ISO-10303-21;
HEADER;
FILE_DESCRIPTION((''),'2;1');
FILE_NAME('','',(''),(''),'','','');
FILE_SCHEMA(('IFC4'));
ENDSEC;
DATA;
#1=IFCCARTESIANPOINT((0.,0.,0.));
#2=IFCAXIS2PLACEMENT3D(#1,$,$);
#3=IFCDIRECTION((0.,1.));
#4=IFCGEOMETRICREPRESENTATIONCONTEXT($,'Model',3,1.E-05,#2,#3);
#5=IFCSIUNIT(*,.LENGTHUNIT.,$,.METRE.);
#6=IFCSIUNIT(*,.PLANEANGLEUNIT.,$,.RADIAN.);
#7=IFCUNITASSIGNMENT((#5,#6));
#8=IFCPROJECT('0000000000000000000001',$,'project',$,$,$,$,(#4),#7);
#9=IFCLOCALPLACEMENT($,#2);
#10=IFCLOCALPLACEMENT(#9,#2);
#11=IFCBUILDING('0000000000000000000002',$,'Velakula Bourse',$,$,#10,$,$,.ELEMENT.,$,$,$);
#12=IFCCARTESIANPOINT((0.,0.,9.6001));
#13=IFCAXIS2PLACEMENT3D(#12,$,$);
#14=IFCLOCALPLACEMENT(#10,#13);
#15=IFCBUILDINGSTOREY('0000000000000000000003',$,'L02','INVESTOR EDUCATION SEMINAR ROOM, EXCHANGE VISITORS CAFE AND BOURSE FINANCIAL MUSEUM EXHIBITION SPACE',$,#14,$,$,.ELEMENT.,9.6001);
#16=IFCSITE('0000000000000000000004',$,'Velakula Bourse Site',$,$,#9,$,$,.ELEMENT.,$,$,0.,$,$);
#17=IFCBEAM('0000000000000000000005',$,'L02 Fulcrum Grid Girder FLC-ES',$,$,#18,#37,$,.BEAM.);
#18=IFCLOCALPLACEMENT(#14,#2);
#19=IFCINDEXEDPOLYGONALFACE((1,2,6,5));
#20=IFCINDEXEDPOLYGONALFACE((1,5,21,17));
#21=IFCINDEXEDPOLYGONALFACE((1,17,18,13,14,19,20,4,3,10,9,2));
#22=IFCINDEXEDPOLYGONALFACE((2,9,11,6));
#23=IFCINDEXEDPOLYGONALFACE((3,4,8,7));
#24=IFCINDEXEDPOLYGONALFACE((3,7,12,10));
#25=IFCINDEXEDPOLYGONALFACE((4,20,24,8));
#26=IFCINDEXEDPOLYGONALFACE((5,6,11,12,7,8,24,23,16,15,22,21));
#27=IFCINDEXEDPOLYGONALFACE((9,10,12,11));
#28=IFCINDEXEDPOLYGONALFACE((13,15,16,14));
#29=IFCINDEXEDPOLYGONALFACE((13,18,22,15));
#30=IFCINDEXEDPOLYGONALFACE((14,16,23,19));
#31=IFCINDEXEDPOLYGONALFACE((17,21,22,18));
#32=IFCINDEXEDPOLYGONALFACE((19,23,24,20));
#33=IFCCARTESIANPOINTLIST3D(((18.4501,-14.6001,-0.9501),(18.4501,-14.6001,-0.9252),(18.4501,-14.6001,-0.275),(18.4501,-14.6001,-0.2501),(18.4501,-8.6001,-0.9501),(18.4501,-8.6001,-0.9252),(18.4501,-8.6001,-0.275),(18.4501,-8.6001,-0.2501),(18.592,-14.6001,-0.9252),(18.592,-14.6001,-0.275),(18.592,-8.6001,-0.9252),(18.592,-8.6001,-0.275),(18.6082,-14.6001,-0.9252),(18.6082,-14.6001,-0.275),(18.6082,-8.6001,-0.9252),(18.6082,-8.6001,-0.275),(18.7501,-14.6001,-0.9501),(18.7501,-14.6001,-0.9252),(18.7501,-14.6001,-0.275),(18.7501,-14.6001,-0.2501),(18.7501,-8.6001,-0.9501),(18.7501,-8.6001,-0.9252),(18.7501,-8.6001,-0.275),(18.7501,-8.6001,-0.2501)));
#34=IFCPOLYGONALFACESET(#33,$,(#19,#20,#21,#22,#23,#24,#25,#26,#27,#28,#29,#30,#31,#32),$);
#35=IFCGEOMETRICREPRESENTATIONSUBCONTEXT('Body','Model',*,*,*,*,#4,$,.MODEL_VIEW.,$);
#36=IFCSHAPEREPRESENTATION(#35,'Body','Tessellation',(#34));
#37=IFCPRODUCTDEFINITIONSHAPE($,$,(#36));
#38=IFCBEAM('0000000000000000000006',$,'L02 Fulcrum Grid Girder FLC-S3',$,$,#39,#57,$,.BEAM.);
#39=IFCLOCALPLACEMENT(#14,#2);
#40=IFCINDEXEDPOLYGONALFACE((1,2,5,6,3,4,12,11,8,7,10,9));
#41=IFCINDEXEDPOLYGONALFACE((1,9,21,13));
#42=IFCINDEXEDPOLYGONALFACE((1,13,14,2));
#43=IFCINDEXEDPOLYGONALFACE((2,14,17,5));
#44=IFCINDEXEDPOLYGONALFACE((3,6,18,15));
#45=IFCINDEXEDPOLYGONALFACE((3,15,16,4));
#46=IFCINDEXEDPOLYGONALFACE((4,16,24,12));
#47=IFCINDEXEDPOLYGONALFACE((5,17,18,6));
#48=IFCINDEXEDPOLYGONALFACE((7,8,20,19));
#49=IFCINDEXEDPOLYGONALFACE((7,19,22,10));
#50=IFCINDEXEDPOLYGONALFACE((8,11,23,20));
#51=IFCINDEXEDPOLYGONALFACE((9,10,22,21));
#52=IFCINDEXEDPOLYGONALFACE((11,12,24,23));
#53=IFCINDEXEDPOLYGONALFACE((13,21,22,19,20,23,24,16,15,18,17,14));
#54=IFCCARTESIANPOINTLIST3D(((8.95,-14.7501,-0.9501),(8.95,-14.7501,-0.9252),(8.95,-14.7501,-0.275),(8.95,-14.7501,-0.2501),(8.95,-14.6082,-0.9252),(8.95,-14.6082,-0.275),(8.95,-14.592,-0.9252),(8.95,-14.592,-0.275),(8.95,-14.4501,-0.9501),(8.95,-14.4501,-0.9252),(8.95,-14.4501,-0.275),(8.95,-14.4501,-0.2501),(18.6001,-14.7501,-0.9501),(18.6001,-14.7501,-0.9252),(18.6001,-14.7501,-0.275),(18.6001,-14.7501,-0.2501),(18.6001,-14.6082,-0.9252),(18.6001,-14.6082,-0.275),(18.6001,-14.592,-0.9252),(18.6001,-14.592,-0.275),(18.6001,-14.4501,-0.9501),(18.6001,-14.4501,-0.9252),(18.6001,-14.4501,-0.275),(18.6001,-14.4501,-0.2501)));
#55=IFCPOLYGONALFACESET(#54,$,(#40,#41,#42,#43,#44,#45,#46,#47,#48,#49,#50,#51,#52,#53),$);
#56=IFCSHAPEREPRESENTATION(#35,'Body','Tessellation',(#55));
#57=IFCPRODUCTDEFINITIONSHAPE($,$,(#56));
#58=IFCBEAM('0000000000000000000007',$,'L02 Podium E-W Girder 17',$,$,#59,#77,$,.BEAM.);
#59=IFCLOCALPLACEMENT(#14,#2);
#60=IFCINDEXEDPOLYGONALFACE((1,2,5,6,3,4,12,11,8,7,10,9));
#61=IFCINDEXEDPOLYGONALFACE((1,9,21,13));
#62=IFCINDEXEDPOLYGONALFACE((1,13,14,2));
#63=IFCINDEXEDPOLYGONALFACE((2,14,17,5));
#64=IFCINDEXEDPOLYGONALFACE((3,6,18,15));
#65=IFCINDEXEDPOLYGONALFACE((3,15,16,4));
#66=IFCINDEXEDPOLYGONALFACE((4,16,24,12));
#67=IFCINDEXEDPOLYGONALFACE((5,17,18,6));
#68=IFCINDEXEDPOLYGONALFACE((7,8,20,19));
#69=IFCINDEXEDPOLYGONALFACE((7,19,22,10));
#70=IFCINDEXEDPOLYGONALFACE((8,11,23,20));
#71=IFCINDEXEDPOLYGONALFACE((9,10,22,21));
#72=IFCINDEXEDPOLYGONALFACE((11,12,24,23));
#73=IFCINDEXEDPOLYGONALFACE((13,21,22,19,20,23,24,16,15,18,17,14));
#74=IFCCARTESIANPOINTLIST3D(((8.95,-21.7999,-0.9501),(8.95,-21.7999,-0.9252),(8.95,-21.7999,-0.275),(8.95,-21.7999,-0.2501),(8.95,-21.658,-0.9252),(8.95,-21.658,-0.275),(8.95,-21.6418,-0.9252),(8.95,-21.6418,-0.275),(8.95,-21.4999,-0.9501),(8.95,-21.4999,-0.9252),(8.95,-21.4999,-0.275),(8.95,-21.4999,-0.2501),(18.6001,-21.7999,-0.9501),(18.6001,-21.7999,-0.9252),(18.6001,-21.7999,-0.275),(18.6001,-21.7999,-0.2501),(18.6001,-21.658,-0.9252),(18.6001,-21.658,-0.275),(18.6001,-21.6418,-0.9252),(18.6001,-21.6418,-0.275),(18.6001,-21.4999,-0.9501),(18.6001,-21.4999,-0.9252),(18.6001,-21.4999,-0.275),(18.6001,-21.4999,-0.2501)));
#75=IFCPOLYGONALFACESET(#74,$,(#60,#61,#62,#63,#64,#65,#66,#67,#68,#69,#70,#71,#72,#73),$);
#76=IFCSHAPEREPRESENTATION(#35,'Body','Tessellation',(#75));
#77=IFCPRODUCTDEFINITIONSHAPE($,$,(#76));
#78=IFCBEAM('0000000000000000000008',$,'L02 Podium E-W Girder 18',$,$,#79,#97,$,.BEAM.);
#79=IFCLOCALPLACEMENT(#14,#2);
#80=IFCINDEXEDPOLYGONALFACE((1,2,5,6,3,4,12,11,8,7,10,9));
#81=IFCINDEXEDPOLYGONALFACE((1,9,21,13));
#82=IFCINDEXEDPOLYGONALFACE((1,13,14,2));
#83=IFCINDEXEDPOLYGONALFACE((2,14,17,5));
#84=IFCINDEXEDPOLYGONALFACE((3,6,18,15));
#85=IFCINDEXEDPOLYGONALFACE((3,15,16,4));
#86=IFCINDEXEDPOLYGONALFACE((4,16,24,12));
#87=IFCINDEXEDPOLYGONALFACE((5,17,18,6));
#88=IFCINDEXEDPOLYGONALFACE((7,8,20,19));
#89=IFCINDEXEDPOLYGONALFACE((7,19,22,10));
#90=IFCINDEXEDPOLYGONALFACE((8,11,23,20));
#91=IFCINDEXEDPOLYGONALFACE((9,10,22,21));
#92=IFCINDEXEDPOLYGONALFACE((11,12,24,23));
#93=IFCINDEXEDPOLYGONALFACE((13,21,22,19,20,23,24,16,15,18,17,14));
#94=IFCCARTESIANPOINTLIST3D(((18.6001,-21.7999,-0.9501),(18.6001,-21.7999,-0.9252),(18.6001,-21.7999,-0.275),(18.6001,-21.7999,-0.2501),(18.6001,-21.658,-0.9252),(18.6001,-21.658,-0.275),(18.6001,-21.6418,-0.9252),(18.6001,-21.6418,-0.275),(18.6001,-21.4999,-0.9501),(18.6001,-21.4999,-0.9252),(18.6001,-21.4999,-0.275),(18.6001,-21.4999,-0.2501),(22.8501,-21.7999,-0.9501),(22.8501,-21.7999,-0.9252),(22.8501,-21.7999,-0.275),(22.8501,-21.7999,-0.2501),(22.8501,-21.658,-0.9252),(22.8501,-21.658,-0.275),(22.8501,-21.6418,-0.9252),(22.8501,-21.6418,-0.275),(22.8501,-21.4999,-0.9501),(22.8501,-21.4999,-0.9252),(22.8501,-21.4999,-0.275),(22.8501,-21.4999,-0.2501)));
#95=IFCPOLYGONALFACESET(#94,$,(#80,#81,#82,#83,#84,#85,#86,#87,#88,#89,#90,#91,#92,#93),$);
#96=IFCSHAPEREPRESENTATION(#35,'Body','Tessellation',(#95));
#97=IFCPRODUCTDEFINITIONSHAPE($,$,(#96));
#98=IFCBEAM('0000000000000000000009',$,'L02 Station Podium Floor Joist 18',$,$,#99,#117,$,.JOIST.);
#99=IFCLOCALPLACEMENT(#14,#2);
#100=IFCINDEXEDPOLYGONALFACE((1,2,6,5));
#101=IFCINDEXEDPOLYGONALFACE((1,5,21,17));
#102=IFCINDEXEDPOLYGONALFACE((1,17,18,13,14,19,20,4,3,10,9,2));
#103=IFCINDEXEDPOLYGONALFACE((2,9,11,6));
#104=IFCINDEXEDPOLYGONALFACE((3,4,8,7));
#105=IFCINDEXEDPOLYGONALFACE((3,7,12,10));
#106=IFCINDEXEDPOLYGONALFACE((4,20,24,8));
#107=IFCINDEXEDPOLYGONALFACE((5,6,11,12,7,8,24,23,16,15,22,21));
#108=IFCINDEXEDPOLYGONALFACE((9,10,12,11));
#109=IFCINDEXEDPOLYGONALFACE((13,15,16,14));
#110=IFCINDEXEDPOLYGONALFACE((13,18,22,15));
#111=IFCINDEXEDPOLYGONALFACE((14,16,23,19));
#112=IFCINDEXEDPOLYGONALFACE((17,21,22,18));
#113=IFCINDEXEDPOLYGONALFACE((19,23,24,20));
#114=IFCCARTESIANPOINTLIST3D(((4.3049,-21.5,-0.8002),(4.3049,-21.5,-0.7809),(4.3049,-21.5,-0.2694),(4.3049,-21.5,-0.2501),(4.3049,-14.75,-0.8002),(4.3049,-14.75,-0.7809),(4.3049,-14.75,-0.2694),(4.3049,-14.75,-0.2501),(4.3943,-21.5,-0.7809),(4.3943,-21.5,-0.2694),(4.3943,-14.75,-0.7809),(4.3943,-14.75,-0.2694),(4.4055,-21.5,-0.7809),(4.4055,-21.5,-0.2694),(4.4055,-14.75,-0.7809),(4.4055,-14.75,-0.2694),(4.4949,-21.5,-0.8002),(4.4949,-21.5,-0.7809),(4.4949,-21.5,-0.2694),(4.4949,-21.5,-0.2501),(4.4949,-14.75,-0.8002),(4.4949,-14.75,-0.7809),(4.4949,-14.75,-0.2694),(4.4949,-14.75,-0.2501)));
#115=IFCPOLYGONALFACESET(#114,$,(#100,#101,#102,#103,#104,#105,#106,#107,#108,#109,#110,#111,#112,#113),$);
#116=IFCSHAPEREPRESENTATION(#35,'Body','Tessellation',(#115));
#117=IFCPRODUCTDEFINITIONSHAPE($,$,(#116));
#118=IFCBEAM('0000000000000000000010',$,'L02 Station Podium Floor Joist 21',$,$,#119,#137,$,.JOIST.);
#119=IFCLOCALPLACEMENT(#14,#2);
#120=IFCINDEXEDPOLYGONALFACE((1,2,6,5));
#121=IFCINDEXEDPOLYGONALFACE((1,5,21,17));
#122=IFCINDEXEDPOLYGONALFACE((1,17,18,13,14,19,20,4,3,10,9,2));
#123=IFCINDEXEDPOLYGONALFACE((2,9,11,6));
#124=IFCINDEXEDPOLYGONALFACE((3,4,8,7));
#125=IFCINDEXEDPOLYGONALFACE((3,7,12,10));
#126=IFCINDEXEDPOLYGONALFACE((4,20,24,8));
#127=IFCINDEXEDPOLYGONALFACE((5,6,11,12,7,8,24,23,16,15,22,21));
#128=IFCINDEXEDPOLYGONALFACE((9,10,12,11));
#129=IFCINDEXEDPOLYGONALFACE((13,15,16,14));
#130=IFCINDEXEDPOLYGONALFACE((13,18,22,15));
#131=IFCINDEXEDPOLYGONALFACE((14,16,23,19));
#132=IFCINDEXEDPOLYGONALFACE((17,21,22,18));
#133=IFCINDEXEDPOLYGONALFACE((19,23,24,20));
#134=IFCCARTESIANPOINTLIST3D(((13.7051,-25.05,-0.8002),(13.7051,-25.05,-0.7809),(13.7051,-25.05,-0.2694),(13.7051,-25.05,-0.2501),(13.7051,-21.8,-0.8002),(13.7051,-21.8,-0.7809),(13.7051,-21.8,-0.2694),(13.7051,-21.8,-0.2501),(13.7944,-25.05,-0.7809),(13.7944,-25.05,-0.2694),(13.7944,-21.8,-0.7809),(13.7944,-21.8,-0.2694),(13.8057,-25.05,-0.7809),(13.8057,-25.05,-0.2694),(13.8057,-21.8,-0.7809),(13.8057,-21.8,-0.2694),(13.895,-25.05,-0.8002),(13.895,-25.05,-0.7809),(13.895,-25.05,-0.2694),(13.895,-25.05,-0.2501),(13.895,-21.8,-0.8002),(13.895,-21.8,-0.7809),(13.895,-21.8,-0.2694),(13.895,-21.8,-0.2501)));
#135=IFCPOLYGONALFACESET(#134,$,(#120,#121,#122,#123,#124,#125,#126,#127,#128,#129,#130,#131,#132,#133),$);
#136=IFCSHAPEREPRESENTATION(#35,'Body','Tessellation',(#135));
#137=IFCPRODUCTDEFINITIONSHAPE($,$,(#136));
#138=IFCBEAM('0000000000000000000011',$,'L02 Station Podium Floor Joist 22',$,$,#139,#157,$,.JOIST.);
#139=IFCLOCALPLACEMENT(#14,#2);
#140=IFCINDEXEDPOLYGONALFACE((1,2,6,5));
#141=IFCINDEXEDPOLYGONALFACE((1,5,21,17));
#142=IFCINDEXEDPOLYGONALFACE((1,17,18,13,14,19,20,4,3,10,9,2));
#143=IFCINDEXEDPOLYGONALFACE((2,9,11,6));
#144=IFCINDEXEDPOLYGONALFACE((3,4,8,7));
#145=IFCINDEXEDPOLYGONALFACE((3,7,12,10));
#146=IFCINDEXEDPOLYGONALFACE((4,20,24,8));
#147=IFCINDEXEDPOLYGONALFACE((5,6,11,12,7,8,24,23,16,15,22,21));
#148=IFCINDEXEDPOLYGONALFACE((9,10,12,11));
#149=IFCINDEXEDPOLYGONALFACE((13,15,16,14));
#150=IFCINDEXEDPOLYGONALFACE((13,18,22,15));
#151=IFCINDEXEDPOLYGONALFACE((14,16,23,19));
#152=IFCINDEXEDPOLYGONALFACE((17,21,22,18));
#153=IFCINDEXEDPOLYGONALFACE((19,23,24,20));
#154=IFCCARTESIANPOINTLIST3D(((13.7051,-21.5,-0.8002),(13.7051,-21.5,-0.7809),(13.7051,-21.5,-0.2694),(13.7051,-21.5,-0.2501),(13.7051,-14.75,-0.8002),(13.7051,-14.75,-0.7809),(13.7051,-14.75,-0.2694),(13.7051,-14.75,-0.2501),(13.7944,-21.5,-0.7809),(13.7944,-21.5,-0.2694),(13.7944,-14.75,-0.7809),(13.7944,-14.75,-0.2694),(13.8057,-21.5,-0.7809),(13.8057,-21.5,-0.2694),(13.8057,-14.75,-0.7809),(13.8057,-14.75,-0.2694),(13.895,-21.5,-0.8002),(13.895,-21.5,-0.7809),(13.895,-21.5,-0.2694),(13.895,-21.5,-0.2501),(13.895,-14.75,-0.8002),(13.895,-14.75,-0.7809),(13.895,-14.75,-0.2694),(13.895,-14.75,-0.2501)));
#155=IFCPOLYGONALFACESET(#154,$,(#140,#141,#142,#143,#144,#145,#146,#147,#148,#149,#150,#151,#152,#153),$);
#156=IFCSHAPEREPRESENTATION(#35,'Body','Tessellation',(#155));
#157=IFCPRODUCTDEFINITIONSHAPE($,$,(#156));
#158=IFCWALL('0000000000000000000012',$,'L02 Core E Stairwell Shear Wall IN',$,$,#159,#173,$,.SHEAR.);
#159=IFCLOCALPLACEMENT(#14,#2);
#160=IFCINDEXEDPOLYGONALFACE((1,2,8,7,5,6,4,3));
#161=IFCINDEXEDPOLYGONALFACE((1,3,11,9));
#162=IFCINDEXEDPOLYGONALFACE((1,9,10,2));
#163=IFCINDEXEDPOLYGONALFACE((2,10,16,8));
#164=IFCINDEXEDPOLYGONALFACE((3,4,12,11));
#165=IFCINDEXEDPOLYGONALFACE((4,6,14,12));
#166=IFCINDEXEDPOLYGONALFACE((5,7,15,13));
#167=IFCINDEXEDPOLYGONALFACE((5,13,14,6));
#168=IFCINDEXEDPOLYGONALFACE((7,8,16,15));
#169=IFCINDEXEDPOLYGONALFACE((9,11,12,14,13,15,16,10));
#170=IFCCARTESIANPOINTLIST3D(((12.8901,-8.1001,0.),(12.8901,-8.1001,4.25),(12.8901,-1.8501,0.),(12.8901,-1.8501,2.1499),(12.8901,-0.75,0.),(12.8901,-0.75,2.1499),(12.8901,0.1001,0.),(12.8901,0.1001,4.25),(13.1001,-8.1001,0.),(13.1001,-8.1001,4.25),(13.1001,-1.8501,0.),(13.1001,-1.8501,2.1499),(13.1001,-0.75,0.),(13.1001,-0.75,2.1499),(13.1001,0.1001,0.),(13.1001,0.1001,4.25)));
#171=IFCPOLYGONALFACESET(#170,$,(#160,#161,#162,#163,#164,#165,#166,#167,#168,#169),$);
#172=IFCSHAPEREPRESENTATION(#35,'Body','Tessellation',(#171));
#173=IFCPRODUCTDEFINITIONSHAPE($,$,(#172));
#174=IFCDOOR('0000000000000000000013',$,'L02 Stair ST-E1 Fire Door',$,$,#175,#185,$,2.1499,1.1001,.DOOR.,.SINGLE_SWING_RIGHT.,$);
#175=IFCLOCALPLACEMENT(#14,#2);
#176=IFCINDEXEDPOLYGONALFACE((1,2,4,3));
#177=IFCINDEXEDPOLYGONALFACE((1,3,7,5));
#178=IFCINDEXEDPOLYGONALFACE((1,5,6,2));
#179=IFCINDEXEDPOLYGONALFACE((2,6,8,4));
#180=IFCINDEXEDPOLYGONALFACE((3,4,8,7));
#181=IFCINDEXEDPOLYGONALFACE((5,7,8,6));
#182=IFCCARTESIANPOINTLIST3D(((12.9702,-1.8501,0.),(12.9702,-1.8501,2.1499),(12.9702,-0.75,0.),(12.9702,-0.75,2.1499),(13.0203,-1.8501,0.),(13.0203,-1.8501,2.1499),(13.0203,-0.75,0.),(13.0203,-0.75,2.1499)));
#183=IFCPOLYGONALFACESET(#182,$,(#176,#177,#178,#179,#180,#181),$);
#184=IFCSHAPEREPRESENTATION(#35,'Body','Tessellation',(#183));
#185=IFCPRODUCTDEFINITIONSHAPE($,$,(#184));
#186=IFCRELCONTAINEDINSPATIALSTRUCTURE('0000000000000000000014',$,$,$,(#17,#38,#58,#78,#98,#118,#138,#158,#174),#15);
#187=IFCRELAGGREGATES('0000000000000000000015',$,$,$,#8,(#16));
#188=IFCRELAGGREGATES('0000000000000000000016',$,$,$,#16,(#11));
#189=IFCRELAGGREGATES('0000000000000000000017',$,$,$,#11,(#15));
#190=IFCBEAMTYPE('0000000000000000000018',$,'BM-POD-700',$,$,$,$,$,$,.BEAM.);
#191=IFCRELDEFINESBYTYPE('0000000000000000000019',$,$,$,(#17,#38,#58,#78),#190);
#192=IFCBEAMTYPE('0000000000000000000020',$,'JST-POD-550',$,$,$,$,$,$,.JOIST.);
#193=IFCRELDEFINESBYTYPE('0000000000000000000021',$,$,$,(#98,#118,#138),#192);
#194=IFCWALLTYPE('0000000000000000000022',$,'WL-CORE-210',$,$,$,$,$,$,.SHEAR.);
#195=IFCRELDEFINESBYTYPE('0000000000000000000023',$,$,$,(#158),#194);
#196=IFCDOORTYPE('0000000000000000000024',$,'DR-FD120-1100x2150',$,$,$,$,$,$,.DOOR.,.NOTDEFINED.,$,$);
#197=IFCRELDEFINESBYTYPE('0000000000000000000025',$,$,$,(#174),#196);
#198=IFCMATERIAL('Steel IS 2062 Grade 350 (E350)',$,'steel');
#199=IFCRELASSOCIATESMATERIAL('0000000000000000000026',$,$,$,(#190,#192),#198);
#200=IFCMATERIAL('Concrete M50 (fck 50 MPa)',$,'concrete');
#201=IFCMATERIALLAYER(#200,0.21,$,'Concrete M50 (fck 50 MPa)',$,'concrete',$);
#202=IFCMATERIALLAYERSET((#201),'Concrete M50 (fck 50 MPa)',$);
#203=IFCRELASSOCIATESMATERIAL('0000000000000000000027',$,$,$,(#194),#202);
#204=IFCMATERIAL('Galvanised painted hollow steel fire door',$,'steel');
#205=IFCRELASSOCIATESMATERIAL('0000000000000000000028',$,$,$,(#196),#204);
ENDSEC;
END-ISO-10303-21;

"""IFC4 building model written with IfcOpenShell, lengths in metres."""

from ifc_helpers import new_model, si_unit, direction, frame, frame_2d, origin, origin_2d, place, context, subcontext, project, spatial, rectangle, i_section, extrude, material, layer, layer_set, material_profile, profile_set, type_object, element, fill, save


model = new_model("IFC4")

# Units and contexts
model_context = context("Model", 3, precision=1e-05, world=origin(), true_north=direction((0.0, 1.0)))
body_context = subcontext(model_context, "Body", "Model", "MODEL_VIEW")
ifc_project = project(units=[si_unit("LENGTHUNIT", "METRE"), si_unit("PLANEANGLEUNIT", "RADIAN")], contexts=[model_context])

# Site, building, storey
site_placement = place(None, origin())
site = spatial("IfcSite", under=ifc_project, at=site_placement, Name="Velakula Bourse Site", CompositionType="ELEMENT", RefElevation=0.0)
building_placement = place(site_placement, origin())
building = spatial("IfcBuilding", under=site, at=building_placement, Name="Velakula Bourse", CompositionType="ELEMENT")
storey_placement = place(building_placement, frame((0.0, 0.0, 9.6001)))
storey = spatial("IfcBuildingStorey", under=building, at=storey_placement, Name="L02", Description="INVESTOR EDUCATION SEMINAR ROOM, EXCHANGE VISITORS CAFE AND BOURSE FINANCIAL MUSEUM EXHIBITION SPACE", CompositionType="ELEMENT", Elevation=9.6001)

# Beams
ifc_material_1 = material(Name="Steel IS 2062 Grade 350 (E350)", Category="steel")
ifc_material_profile_1 = material_profile(ifc_material_1, i_section(OverallWidth=0.3, OverallDepth=0.7, WebThickness=0.0161, FlangeThickness=0.0249, at=origin_2d()), Name="Steel IS 2062 Grade 350 (E350)")
ifc_profile_set_1 = profile_set([ifc_material_profile_1], Name="Steel IS 2062 Grade 350 (E350)")
beam_type_1 = type_object("IfcBeamType", Name="BM-POD-700", PredefinedType="BEAM", material=ifc_profile_set_1)
for number, where, z_axis, x_axis, name in (
    (1, (18.6001, -14.6001, -0.6001), (0.0, 1.0, 0.0), (-1.0, 0.0, 0.0), "L02 Fulcrum Grid Girder FLC-ES"),
):
    element("IfcBeam", number, at=place(storey_placement, frame(where, z_axis=z_axis, x_axis=x_axis)), inside=storey, type_object=beam_type_1, Name=name, PredefinedType="BEAM", context=body_context, shape_type="SweptSolid", body=[
        extrude(i_section(OverallWidth=0.3, OverallDepth=0.7, WebThickness=0.0161, FlangeThickness=0.0249, at=origin_2d()), origin(), (0.0, 0.0, 1.0), 6.0),
    ])
for number, where, z_axis, x_axis, name in (
    (2, (8.95, -14.6001, -0.6001), (1.0, 0.0, 0.0), (0.0, 1.0, 0.0), "L02 Fulcrum Grid Girder FLC-S3"),
    (3, (8.95, -21.6499, -0.6001), (1.0, 0.0, 0.0), (0.0, 1.0, 0.0), "L02 Podium E-W Girder 17"),
):
    element("IfcBeam", number, at=place(storey_placement, frame(where, z_axis=z_axis, x_axis=x_axis)), inside=storey, type_object=beam_type_1, Name=name, PredefinedType="BEAM", context=body_context, shape_type="SweptSolid", body=[
        extrude(i_section(OverallWidth=0.3, OverallDepth=0.7, WebThickness=0.0161, FlangeThickness=0.0249, at=origin_2d()), origin(), (0.0, 0.0, 1.0), 9.6501),
    ])
beam_1_placement = place(storey_placement, frame((18.6001, -21.6499, -0.6001), z_axis=(1.0, 0.0, 0.0), x_axis=(0.0, 1.0, 0.0)))
element("IfcBeam", 4, at=beam_1_placement, inside=storey, type_object=beam_type_1, Name="L02 Podium E-W Girder 18", PredefinedType="BEAM", context=body_context, shape_type="SweptSolid", body=[
    extrude(i_section(OverallWidth=0.3, OverallDepth=0.7, WebThickness=0.0161, FlangeThickness=0.0249, at=origin_2d()), origin(), (0.0, 0.0, 1.0), 4.25),
])
ifc_material_profile_2 = material_profile(ifc_material_1, i_section(OverallWidth=0.1899, OverallDepth=0.55, WebThickness=0.0112, FlangeThickness=0.0193, at=origin_2d()), Name="Steel IS 2062 Grade 350 (E350)")
ifc_profile_set_2 = profile_set([ifc_material_profile_2], Name="Steel IS 2062 Grade 350 (E350)")
beam_type_2 = type_object("IfcBeamType", Name="JST-POD-550", PredefinedType="JOIST", material=ifc_profile_set_2)
beam_2_placement = place(storey_placement, frame((4.3999, -21.5, -0.5251), z_axis=(0.0, 1.0, 0.0), x_axis=(-1.0, 0.0, 0.0)))
element("IfcBeam", 5, at=beam_2_placement, inside=storey, type_object=beam_type_2, Name="L02 Station Podium Floor Joist 18", PredefinedType="JOIST", context=body_context, shape_type="SweptSolid", body=[
    extrude(i_section(OverallWidth=0.1899, OverallDepth=0.55, WebThickness=0.0112, FlangeThickness=0.0193, at=origin_2d()), origin(), (0.0, 0.0, 1.0), 6.75),
])
beam_3_placement = place(storey_placement, frame((13.8, -25.05, -0.5251), z_axis=(0.0, 1.0, 0.0), x_axis=(-1.0, 0.0, 0.0)))
element("IfcBeam", 6, at=beam_3_placement, inside=storey, type_object=beam_type_2, Name="L02 Station Podium Floor Joist 21", PredefinedType="JOIST", context=body_context, shape_type="SweptSolid", body=[
    extrude(i_section(OverallWidth=0.1899, OverallDepth=0.55, WebThickness=0.0112, FlangeThickness=0.0193, at=origin_2d()), origin(), (0.0, 0.0, 1.0), 3.25),
])
beam_4_placement = place(storey_placement, frame((13.8, -21.5, -0.5251), z_axis=(0.0, 1.0, 0.0), x_axis=(-1.0, 0.0, 0.0)))
element("IfcBeam", 7, at=beam_4_placement, inside=storey, type_object=beam_type_2, Name="L02 Station Podium Floor Joist 22", PredefinedType="JOIST", context=body_context, shape_type="SweptSolid", body=[
    extrude(i_section(OverallWidth=0.1899, OverallDepth=0.55, WebThickness=0.0112, FlangeThickness=0.0193, at=origin_2d()), origin(), (0.0, 0.0, 1.0), 6.75),
])

# Wall, opening, door
ifc_material_2 = material(Name="Concrete M50 (fck 50 MPa)", Category="concrete")
ifc_layer_1 = layer(ifc_material_2, 0.21, Name="Concrete M50 (fck 50 MPa)", Category="concrete")
ifc_layer_set_1 = layer_set([ifc_layer_1], Name="Concrete M50 (fck 50 MPa)")
wall_type_1 = type_object("IfcWallType", Name="WL-CORE-210", PredefinedType="SHEAR", material=ifc_layer_set_1)
wall_1_placement = place(storey_placement, frame((12.9951, -8.1001, 0.0), z_axis=(0.0, 0.0, 1.0), x_axis=(0.0, 1.0, 0.0)))
wall_1 = element("IfcWall", 8, at=wall_1_placement, inside=storey, type_object=wall_type_1, Name="L02 Core E Stairwell Shear Wall IN", PredefinedType="SHEAR", context=body_context, shape_type="SweptSolid", body=[
    extrude(rectangle(XDim=8.2002, YDim=0.21, at=frame_2d((4.1001, 0.0))), origin(), (0.0, 0.0, 1.0), 4.25),
])
opening_1_placement = place(wall_1_placement, frame((6.25, 0.0, 0.0)))
opening_1 = element("IfcOpeningElement", 9, at=opening_1_placement, cuts=wall_1, PredefinedType="OPENING", context=body_context, shape_type="SweptSolid", body=[
    extrude(rectangle(XDim=1.1001, YDim=2.1499, at=frame_2d((0.55, 1.075))), frame((0.0, 0.115, 0.0), z_axis=(0.0, -1.0, 0.0), x_axis=(1.0, 0.0, 0.0)), (0.0, 0.0, 1.0), 0.23),
])
ifc_material_3 = material(Name="Galvanised painted hollow steel fire door", Category="steel")
door_type_1 = type_object("IfcDoorType", Name="DR-FD120-1100x2150", OperationType="NOTDEFINED", PredefinedType="DOOR", material=ifc_material_3)
door_1_placement = place(opening_1_placement, origin())
door_1 = element("IfcDoor", 10, at=door_1_placement, inside=storey, type_object=door_type_1, Name="L02 Stair ST-E1 Fire Door", OperationType="SINGLE_SWING_RIGHT", OverallHeight=2.1499, OverallWidth=1.1001, PredefinedType="DOOR", context=body_context, shape_type="SweptSolid", body=[
    extrude(rectangle(XDim=1.1001, YDim=2.1499, at=frame_2d((0.55, 1.075))), frame((0.0, 0.0249, 0.0), z_axis=(0.0, -1.0, 0.0), x_axis=(1.0, 0.0, 0.0)), (0.0, 0.0, 1.0), 0.05),
])
fill(opening_1, door_1)

save(model, "model.ifc")
